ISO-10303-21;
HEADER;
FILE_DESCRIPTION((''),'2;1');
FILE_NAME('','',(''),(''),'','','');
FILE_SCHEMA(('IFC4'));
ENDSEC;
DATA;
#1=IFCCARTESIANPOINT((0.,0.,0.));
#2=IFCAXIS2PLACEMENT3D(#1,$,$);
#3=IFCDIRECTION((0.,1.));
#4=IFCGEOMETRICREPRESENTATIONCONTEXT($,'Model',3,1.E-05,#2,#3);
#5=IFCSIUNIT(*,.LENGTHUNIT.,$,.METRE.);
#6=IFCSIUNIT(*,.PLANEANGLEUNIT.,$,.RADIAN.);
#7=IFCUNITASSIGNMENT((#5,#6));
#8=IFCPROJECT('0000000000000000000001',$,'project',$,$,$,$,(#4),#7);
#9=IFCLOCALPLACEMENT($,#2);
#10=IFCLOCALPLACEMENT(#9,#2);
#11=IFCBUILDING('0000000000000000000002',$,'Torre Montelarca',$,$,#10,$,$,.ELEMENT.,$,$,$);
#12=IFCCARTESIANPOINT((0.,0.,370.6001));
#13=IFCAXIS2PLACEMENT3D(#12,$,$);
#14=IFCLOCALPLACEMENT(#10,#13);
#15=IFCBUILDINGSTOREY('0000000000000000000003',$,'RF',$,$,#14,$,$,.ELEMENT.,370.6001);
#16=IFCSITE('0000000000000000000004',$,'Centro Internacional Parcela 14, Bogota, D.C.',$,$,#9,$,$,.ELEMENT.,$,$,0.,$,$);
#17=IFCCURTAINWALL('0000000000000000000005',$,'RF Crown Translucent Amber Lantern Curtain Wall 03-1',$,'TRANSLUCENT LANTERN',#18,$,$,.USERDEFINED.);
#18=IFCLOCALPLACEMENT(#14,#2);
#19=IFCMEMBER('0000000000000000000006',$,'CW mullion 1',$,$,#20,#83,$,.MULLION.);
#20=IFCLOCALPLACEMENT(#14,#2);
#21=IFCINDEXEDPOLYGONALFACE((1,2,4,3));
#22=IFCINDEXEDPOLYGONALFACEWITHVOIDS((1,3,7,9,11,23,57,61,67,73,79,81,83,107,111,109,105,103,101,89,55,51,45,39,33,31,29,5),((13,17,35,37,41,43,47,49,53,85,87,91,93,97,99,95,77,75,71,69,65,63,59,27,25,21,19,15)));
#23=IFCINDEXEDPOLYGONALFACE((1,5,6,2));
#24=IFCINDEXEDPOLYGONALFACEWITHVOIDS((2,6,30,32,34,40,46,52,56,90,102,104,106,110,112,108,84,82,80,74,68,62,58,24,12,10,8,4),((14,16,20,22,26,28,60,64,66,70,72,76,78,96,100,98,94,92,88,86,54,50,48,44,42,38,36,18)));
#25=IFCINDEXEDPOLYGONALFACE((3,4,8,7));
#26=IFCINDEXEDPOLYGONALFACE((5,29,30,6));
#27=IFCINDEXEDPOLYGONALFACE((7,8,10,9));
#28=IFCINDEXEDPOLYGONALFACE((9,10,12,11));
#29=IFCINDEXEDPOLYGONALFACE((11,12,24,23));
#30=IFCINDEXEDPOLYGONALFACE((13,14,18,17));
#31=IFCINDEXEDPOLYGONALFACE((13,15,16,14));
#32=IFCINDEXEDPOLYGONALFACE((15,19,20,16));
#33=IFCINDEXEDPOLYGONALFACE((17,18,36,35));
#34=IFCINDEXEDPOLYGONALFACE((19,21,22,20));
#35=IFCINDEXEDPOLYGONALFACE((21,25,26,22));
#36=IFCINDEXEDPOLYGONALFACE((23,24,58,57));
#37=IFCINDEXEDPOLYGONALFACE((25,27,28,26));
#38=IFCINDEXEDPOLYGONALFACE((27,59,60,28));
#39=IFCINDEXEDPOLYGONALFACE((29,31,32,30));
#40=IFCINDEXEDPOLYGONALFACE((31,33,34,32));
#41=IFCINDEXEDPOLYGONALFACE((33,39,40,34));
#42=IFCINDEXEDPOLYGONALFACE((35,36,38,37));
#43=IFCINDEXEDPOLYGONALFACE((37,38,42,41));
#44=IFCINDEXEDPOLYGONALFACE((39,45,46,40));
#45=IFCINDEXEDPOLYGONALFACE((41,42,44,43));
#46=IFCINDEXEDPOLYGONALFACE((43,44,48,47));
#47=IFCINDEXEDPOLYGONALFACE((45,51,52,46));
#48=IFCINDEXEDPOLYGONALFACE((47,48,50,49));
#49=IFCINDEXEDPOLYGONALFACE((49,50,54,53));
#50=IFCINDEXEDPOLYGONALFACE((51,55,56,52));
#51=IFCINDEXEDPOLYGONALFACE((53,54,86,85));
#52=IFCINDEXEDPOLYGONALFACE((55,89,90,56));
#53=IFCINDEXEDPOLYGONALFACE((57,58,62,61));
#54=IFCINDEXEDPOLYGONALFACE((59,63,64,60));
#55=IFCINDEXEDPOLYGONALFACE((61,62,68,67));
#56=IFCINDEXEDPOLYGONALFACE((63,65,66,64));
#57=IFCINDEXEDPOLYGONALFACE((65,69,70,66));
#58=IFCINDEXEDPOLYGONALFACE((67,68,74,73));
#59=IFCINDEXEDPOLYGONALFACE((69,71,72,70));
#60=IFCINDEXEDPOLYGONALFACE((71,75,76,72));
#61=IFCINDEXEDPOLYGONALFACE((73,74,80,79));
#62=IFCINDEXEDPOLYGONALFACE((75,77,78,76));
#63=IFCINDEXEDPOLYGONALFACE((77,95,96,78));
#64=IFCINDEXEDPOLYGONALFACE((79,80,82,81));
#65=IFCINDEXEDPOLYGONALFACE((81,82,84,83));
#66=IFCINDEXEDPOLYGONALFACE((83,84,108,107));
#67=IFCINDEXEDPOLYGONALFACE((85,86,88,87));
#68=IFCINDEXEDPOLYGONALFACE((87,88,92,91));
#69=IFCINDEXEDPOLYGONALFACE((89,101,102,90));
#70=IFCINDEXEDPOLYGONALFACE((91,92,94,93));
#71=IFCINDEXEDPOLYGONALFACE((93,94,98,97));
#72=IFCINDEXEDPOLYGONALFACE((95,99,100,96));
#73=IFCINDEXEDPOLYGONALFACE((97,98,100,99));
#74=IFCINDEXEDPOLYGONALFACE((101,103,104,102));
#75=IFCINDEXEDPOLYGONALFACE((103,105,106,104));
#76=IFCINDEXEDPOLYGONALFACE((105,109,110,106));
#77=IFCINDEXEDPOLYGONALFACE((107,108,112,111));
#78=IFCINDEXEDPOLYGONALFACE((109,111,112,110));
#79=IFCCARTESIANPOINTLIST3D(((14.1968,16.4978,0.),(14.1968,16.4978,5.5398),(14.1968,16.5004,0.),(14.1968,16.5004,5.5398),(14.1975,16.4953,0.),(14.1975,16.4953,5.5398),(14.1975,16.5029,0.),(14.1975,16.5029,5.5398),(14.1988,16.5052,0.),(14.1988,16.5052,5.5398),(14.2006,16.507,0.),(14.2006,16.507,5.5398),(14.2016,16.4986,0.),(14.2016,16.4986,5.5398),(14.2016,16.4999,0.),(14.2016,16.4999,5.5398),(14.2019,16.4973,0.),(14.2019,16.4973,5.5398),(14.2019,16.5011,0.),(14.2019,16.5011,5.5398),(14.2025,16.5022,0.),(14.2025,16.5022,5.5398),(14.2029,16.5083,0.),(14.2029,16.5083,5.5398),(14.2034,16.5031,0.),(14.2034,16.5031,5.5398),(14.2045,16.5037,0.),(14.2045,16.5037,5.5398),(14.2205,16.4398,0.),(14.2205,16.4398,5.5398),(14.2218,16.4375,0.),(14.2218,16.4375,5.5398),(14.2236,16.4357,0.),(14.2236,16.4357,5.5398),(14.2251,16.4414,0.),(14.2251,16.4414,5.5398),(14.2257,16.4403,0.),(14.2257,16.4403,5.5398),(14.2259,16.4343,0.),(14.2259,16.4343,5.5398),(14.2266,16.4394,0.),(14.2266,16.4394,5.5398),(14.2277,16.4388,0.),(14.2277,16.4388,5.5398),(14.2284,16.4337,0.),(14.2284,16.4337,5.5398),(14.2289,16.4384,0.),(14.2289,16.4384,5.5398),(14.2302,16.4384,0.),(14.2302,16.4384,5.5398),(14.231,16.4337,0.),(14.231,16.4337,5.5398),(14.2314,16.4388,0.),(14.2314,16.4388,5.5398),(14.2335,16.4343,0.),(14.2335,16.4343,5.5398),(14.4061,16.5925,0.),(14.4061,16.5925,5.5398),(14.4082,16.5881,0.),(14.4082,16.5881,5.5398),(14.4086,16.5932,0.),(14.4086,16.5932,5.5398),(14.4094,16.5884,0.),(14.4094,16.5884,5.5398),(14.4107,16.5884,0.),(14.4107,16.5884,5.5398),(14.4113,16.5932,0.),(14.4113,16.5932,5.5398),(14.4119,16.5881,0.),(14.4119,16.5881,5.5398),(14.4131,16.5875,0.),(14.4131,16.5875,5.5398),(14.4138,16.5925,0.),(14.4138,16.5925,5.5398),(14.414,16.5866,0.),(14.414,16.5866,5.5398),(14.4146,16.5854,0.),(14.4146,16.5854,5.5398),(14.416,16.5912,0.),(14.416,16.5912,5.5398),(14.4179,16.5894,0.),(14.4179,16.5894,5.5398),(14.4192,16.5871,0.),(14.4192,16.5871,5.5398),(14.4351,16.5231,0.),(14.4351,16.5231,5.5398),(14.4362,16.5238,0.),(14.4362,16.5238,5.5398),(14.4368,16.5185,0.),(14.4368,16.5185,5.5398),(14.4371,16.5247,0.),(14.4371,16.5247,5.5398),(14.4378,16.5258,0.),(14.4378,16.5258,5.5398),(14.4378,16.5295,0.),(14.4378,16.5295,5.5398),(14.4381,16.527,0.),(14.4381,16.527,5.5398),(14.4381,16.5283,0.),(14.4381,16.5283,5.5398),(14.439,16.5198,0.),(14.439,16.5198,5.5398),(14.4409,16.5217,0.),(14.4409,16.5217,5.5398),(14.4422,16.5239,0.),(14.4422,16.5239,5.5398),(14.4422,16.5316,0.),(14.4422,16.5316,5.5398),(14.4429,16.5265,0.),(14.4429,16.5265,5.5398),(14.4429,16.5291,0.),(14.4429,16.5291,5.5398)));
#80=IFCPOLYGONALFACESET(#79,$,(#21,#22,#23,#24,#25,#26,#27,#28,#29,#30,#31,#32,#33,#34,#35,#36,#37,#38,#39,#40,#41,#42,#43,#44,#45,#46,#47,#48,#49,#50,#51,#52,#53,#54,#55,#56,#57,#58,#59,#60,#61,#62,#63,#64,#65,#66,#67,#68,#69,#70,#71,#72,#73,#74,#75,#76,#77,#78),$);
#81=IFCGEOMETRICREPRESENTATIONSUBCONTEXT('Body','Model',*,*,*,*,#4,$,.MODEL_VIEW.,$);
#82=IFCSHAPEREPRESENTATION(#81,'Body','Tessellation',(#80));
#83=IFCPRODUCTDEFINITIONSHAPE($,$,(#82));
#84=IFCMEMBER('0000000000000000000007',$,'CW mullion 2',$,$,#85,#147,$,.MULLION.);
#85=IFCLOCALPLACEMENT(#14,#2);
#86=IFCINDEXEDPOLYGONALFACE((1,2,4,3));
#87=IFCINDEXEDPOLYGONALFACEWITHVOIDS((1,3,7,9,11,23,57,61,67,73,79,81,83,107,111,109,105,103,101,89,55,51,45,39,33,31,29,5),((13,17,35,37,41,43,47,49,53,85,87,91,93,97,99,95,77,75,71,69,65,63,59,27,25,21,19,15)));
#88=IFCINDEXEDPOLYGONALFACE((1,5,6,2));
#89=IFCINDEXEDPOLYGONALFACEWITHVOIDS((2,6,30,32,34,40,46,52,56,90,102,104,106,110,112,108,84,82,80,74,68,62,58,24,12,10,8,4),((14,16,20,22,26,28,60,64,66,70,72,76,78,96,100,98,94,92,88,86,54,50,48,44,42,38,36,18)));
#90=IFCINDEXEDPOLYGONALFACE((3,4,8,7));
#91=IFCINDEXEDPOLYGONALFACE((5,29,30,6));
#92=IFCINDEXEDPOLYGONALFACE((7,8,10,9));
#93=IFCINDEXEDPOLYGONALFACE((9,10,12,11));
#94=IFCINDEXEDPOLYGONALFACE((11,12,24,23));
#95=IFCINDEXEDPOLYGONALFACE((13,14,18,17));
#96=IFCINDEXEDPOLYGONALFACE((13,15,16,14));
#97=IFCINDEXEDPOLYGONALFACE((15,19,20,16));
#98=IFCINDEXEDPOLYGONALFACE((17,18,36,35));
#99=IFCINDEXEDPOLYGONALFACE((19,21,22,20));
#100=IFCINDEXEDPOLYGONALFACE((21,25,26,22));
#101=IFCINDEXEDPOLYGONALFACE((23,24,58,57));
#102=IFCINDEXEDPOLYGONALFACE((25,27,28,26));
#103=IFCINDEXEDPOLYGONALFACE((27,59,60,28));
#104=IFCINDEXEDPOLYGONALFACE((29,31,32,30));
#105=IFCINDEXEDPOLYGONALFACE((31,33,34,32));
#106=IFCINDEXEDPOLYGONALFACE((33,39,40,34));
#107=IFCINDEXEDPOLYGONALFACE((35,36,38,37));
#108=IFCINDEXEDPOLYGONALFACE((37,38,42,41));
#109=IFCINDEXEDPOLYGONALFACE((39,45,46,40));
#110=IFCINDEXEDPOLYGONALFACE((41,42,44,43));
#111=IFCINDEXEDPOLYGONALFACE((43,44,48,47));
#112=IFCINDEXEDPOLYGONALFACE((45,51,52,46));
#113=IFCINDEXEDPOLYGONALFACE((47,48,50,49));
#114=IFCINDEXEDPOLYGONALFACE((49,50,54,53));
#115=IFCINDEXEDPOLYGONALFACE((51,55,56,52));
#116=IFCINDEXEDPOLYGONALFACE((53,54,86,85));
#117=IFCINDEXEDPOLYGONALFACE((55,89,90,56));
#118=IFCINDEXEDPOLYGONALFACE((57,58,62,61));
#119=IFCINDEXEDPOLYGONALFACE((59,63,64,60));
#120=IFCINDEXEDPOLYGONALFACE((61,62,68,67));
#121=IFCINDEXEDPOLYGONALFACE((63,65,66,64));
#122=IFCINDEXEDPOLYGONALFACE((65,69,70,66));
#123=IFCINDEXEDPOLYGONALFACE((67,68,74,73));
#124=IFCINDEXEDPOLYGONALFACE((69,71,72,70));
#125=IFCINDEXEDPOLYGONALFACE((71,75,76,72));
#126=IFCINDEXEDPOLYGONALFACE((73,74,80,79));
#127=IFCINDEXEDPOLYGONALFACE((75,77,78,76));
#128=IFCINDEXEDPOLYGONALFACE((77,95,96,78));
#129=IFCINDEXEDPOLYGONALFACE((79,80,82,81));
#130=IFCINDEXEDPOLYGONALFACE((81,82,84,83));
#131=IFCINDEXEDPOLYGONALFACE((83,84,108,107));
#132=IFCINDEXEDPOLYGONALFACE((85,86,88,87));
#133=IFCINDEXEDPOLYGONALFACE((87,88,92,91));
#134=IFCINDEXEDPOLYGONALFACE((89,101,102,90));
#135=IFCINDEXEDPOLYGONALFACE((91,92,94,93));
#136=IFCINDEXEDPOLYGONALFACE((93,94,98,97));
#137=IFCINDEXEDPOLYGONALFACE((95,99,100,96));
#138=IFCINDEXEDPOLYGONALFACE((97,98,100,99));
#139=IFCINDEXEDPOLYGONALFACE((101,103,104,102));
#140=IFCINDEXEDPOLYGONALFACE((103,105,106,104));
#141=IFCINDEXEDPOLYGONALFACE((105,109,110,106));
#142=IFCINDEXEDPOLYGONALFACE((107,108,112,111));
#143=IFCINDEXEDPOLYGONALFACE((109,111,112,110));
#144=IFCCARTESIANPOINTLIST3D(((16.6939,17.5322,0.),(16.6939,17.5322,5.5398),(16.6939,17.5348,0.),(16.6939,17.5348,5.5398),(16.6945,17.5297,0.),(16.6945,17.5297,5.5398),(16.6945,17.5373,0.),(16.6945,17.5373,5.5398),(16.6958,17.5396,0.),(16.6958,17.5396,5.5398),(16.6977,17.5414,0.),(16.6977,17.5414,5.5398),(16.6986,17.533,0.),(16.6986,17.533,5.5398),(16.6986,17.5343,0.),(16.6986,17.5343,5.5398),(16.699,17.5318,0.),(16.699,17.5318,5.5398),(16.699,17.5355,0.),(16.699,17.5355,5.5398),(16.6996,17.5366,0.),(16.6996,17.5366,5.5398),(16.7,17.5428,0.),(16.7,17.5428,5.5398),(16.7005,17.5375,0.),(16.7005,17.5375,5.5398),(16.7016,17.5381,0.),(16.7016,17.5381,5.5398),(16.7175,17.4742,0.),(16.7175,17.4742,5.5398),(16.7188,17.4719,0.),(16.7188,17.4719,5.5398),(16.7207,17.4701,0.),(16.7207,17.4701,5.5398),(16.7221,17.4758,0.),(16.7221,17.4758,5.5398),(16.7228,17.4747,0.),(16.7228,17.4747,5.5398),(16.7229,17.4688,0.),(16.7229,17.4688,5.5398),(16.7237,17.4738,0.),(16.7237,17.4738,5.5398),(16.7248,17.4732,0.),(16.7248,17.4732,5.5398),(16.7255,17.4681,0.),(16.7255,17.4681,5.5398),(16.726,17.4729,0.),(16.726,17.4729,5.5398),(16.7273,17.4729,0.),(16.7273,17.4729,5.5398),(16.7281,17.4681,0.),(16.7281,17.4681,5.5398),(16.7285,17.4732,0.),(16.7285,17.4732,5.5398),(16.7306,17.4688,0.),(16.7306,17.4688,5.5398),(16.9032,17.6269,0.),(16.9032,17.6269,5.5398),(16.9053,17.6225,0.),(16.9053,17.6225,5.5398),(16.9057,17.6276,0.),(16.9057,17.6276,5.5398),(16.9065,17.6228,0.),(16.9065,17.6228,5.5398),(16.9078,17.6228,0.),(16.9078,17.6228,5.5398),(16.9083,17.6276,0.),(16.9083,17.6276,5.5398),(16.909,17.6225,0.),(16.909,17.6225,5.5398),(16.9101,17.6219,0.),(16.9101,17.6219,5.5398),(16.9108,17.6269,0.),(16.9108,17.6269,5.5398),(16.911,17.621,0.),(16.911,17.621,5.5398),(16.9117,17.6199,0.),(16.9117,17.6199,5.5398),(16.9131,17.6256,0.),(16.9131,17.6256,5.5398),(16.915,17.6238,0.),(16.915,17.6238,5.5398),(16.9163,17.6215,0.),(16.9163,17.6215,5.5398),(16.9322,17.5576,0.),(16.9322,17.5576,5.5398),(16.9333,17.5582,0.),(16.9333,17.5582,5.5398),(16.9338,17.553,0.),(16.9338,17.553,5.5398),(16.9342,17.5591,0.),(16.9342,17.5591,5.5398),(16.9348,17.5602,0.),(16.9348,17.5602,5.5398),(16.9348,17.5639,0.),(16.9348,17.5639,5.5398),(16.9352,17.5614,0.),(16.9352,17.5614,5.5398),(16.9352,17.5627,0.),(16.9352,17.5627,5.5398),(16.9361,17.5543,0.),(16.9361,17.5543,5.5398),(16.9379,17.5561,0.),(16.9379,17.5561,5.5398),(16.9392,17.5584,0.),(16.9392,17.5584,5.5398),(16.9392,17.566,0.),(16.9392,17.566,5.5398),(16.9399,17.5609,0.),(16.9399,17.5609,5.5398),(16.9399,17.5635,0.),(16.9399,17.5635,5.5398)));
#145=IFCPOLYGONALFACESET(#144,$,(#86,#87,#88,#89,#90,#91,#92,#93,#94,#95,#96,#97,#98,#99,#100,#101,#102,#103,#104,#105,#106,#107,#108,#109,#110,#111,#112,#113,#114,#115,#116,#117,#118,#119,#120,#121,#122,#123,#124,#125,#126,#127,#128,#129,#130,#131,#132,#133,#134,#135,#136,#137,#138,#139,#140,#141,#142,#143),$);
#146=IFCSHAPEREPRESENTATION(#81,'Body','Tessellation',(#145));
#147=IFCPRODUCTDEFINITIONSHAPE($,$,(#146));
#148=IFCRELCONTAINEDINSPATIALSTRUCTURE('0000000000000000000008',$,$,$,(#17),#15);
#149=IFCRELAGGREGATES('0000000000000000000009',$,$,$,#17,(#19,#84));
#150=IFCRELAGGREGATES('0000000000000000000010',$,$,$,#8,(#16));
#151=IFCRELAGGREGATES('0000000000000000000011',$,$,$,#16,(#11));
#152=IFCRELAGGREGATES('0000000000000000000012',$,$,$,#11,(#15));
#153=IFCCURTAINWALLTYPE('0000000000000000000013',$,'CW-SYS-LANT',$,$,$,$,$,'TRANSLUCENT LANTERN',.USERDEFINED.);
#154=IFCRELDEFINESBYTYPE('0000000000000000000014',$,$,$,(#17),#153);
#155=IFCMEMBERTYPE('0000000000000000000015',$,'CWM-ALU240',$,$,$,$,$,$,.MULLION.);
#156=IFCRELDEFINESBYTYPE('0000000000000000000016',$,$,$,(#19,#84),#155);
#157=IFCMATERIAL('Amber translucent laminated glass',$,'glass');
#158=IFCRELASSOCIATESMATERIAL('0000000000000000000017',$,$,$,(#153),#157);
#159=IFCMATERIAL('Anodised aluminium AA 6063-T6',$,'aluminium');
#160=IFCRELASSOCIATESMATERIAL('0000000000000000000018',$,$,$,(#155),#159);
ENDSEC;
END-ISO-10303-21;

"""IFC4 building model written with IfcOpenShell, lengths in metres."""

from ifc_helpers import new_model, si_unit, direction, frame, origin, origin_2d, place, context, subcontext, project, spatial, hollow_rectangle, extrude, source, transform, mapped, material, material_profile, profile_set, type_object, element, aggregate, save


model = new_model("IFC4")

# Units and contexts
model_context = context("Model", 3, precision=1e-05, world=origin(), true_north=direction((0.0, 1.0)))
body_context = subcontext(model_context, "Body", "Model", "MODEL_VIEW")
ifc_project = project(units=[si_unit("LENGTHUNIT", "METRE"), si_unit("PLANEANGLEUNIT", "RADIAN")], contexts=[model_context])

# Site, building, storey
site_placement = place(None, origin())
site = spatial("IfcSite", under=ifc_project, at=site_placement, Name="Centro Internacional Parcela 14, Bogota, D.C.", CompositionType="ELEMENT", RefElevation=0.0)
building_placement = place(site_placement, origin())
building = spatial("IfcBuilding", under=site, at=building_placement, Name="Torre Montelarca", CompositionType="ELEMENT")
storey_placement = place(building_placement, frame((0.0, 0.0, 370.6001)))
storey = spatial("IfcBuildingStorey", under=building, at=storey_placement, Name="RF", CompositionType="ELEMENT", Elevation=370.6001)

# Curtain wall, members
ifc_material_1 = material(Name="Amber translucent laminated glass", Category="glass")
curtain_wall_type = type_object("IfcCurtainWallType", Name="CW-SYS-LANT", ElementType="TRANSLUCENT LANTERN", PredefinedType="USERDEFINED", material=ifc_material_1)
ifc_material_2 = material(Name="Anodised aluminium AA 6063-T6", Category="aluminium")
ifc_material_profile_1 = material_profile(ifc_material_2, hollow_rectangle(XDim=0.0801, YDim=0.24, WallThickness=0.0049, InnerFilletRadius=0.0049, OuterFilletRadius=0.01, at=origin_2d()), Name="ALU80X240X5", Category="aluminium")
ifc_profile_set_1 = profile_set([ifc_material_profile_1], Name="Anodised aluminium AA 6063-T6")
member_type_1 = type_object("IfcMemberType", Name="CWM-ALU240", PredefinedType="MULLION", material=ifc_profile_set_1)
shared_shape_1 = source(origin(), body_context, "Body", "SweptSolid", [
    extrude(hollow_rectangle(XDim=0.0801, YDim=0.24, WallThickness=0.0049, InnerFilletRadius=0.0049, OuterFilletRadius=0.01, at=origin_2d()), origin(), (0.0, 0.0, 1.0), 5.5398),
])
curtain_wall_1_placement = place(storey_placement, origin())
curtain_wall_1 = element("IfcCurtainWall", 1, at=curtain_wall_1_placement, inside=storey, type_object=curtain_wall_type, Name="RF Crown Translucent Amber Lantern Curtain Wall 03-1", ObjectType="TRANSLUCENT LANTERN", PredefinedType="USERDEFINED")
member_1_placement = place(storey_placement, frame((14.3198, 16.5134, 0.0), z_axis=(0.0, 0.0, 1.0), x_axis=(-0.382687, 0.923878, 0.0)))
member_1 = element("IfcMember", 2, at=member_1_placement, type_object=member_type_1, Name="CW mullion 1", PredefinedType="MULLION", context=body_context, shape_type="MappedRepresentation", body=[
    mapped(shared_shape_1, transform((0.0, 0.0, 0.0), scale=1.0)),
])
member_2_placement = place(storey_placement, frame((16.8169, 17.5479, 0.0), z_axis=(0.0, 0.0, 1.0), x_axis=(-0.382687, 0.923878, 0.0)))
member_2 = element("IfcMember", 3, at=member_2_placement, type_object=member_type_1, Name="CW mullion 2", PredefinedType="MULLION", context=body_context, shape_type="MappedRepresentation", body=[
    mapped(shared_shape_1, transform((0.0, 0.0, 0.0), scale=1.0)),
])

aggregate(curtain_wall_1, [member_1, member_2])

save(model, "model.ifc")
